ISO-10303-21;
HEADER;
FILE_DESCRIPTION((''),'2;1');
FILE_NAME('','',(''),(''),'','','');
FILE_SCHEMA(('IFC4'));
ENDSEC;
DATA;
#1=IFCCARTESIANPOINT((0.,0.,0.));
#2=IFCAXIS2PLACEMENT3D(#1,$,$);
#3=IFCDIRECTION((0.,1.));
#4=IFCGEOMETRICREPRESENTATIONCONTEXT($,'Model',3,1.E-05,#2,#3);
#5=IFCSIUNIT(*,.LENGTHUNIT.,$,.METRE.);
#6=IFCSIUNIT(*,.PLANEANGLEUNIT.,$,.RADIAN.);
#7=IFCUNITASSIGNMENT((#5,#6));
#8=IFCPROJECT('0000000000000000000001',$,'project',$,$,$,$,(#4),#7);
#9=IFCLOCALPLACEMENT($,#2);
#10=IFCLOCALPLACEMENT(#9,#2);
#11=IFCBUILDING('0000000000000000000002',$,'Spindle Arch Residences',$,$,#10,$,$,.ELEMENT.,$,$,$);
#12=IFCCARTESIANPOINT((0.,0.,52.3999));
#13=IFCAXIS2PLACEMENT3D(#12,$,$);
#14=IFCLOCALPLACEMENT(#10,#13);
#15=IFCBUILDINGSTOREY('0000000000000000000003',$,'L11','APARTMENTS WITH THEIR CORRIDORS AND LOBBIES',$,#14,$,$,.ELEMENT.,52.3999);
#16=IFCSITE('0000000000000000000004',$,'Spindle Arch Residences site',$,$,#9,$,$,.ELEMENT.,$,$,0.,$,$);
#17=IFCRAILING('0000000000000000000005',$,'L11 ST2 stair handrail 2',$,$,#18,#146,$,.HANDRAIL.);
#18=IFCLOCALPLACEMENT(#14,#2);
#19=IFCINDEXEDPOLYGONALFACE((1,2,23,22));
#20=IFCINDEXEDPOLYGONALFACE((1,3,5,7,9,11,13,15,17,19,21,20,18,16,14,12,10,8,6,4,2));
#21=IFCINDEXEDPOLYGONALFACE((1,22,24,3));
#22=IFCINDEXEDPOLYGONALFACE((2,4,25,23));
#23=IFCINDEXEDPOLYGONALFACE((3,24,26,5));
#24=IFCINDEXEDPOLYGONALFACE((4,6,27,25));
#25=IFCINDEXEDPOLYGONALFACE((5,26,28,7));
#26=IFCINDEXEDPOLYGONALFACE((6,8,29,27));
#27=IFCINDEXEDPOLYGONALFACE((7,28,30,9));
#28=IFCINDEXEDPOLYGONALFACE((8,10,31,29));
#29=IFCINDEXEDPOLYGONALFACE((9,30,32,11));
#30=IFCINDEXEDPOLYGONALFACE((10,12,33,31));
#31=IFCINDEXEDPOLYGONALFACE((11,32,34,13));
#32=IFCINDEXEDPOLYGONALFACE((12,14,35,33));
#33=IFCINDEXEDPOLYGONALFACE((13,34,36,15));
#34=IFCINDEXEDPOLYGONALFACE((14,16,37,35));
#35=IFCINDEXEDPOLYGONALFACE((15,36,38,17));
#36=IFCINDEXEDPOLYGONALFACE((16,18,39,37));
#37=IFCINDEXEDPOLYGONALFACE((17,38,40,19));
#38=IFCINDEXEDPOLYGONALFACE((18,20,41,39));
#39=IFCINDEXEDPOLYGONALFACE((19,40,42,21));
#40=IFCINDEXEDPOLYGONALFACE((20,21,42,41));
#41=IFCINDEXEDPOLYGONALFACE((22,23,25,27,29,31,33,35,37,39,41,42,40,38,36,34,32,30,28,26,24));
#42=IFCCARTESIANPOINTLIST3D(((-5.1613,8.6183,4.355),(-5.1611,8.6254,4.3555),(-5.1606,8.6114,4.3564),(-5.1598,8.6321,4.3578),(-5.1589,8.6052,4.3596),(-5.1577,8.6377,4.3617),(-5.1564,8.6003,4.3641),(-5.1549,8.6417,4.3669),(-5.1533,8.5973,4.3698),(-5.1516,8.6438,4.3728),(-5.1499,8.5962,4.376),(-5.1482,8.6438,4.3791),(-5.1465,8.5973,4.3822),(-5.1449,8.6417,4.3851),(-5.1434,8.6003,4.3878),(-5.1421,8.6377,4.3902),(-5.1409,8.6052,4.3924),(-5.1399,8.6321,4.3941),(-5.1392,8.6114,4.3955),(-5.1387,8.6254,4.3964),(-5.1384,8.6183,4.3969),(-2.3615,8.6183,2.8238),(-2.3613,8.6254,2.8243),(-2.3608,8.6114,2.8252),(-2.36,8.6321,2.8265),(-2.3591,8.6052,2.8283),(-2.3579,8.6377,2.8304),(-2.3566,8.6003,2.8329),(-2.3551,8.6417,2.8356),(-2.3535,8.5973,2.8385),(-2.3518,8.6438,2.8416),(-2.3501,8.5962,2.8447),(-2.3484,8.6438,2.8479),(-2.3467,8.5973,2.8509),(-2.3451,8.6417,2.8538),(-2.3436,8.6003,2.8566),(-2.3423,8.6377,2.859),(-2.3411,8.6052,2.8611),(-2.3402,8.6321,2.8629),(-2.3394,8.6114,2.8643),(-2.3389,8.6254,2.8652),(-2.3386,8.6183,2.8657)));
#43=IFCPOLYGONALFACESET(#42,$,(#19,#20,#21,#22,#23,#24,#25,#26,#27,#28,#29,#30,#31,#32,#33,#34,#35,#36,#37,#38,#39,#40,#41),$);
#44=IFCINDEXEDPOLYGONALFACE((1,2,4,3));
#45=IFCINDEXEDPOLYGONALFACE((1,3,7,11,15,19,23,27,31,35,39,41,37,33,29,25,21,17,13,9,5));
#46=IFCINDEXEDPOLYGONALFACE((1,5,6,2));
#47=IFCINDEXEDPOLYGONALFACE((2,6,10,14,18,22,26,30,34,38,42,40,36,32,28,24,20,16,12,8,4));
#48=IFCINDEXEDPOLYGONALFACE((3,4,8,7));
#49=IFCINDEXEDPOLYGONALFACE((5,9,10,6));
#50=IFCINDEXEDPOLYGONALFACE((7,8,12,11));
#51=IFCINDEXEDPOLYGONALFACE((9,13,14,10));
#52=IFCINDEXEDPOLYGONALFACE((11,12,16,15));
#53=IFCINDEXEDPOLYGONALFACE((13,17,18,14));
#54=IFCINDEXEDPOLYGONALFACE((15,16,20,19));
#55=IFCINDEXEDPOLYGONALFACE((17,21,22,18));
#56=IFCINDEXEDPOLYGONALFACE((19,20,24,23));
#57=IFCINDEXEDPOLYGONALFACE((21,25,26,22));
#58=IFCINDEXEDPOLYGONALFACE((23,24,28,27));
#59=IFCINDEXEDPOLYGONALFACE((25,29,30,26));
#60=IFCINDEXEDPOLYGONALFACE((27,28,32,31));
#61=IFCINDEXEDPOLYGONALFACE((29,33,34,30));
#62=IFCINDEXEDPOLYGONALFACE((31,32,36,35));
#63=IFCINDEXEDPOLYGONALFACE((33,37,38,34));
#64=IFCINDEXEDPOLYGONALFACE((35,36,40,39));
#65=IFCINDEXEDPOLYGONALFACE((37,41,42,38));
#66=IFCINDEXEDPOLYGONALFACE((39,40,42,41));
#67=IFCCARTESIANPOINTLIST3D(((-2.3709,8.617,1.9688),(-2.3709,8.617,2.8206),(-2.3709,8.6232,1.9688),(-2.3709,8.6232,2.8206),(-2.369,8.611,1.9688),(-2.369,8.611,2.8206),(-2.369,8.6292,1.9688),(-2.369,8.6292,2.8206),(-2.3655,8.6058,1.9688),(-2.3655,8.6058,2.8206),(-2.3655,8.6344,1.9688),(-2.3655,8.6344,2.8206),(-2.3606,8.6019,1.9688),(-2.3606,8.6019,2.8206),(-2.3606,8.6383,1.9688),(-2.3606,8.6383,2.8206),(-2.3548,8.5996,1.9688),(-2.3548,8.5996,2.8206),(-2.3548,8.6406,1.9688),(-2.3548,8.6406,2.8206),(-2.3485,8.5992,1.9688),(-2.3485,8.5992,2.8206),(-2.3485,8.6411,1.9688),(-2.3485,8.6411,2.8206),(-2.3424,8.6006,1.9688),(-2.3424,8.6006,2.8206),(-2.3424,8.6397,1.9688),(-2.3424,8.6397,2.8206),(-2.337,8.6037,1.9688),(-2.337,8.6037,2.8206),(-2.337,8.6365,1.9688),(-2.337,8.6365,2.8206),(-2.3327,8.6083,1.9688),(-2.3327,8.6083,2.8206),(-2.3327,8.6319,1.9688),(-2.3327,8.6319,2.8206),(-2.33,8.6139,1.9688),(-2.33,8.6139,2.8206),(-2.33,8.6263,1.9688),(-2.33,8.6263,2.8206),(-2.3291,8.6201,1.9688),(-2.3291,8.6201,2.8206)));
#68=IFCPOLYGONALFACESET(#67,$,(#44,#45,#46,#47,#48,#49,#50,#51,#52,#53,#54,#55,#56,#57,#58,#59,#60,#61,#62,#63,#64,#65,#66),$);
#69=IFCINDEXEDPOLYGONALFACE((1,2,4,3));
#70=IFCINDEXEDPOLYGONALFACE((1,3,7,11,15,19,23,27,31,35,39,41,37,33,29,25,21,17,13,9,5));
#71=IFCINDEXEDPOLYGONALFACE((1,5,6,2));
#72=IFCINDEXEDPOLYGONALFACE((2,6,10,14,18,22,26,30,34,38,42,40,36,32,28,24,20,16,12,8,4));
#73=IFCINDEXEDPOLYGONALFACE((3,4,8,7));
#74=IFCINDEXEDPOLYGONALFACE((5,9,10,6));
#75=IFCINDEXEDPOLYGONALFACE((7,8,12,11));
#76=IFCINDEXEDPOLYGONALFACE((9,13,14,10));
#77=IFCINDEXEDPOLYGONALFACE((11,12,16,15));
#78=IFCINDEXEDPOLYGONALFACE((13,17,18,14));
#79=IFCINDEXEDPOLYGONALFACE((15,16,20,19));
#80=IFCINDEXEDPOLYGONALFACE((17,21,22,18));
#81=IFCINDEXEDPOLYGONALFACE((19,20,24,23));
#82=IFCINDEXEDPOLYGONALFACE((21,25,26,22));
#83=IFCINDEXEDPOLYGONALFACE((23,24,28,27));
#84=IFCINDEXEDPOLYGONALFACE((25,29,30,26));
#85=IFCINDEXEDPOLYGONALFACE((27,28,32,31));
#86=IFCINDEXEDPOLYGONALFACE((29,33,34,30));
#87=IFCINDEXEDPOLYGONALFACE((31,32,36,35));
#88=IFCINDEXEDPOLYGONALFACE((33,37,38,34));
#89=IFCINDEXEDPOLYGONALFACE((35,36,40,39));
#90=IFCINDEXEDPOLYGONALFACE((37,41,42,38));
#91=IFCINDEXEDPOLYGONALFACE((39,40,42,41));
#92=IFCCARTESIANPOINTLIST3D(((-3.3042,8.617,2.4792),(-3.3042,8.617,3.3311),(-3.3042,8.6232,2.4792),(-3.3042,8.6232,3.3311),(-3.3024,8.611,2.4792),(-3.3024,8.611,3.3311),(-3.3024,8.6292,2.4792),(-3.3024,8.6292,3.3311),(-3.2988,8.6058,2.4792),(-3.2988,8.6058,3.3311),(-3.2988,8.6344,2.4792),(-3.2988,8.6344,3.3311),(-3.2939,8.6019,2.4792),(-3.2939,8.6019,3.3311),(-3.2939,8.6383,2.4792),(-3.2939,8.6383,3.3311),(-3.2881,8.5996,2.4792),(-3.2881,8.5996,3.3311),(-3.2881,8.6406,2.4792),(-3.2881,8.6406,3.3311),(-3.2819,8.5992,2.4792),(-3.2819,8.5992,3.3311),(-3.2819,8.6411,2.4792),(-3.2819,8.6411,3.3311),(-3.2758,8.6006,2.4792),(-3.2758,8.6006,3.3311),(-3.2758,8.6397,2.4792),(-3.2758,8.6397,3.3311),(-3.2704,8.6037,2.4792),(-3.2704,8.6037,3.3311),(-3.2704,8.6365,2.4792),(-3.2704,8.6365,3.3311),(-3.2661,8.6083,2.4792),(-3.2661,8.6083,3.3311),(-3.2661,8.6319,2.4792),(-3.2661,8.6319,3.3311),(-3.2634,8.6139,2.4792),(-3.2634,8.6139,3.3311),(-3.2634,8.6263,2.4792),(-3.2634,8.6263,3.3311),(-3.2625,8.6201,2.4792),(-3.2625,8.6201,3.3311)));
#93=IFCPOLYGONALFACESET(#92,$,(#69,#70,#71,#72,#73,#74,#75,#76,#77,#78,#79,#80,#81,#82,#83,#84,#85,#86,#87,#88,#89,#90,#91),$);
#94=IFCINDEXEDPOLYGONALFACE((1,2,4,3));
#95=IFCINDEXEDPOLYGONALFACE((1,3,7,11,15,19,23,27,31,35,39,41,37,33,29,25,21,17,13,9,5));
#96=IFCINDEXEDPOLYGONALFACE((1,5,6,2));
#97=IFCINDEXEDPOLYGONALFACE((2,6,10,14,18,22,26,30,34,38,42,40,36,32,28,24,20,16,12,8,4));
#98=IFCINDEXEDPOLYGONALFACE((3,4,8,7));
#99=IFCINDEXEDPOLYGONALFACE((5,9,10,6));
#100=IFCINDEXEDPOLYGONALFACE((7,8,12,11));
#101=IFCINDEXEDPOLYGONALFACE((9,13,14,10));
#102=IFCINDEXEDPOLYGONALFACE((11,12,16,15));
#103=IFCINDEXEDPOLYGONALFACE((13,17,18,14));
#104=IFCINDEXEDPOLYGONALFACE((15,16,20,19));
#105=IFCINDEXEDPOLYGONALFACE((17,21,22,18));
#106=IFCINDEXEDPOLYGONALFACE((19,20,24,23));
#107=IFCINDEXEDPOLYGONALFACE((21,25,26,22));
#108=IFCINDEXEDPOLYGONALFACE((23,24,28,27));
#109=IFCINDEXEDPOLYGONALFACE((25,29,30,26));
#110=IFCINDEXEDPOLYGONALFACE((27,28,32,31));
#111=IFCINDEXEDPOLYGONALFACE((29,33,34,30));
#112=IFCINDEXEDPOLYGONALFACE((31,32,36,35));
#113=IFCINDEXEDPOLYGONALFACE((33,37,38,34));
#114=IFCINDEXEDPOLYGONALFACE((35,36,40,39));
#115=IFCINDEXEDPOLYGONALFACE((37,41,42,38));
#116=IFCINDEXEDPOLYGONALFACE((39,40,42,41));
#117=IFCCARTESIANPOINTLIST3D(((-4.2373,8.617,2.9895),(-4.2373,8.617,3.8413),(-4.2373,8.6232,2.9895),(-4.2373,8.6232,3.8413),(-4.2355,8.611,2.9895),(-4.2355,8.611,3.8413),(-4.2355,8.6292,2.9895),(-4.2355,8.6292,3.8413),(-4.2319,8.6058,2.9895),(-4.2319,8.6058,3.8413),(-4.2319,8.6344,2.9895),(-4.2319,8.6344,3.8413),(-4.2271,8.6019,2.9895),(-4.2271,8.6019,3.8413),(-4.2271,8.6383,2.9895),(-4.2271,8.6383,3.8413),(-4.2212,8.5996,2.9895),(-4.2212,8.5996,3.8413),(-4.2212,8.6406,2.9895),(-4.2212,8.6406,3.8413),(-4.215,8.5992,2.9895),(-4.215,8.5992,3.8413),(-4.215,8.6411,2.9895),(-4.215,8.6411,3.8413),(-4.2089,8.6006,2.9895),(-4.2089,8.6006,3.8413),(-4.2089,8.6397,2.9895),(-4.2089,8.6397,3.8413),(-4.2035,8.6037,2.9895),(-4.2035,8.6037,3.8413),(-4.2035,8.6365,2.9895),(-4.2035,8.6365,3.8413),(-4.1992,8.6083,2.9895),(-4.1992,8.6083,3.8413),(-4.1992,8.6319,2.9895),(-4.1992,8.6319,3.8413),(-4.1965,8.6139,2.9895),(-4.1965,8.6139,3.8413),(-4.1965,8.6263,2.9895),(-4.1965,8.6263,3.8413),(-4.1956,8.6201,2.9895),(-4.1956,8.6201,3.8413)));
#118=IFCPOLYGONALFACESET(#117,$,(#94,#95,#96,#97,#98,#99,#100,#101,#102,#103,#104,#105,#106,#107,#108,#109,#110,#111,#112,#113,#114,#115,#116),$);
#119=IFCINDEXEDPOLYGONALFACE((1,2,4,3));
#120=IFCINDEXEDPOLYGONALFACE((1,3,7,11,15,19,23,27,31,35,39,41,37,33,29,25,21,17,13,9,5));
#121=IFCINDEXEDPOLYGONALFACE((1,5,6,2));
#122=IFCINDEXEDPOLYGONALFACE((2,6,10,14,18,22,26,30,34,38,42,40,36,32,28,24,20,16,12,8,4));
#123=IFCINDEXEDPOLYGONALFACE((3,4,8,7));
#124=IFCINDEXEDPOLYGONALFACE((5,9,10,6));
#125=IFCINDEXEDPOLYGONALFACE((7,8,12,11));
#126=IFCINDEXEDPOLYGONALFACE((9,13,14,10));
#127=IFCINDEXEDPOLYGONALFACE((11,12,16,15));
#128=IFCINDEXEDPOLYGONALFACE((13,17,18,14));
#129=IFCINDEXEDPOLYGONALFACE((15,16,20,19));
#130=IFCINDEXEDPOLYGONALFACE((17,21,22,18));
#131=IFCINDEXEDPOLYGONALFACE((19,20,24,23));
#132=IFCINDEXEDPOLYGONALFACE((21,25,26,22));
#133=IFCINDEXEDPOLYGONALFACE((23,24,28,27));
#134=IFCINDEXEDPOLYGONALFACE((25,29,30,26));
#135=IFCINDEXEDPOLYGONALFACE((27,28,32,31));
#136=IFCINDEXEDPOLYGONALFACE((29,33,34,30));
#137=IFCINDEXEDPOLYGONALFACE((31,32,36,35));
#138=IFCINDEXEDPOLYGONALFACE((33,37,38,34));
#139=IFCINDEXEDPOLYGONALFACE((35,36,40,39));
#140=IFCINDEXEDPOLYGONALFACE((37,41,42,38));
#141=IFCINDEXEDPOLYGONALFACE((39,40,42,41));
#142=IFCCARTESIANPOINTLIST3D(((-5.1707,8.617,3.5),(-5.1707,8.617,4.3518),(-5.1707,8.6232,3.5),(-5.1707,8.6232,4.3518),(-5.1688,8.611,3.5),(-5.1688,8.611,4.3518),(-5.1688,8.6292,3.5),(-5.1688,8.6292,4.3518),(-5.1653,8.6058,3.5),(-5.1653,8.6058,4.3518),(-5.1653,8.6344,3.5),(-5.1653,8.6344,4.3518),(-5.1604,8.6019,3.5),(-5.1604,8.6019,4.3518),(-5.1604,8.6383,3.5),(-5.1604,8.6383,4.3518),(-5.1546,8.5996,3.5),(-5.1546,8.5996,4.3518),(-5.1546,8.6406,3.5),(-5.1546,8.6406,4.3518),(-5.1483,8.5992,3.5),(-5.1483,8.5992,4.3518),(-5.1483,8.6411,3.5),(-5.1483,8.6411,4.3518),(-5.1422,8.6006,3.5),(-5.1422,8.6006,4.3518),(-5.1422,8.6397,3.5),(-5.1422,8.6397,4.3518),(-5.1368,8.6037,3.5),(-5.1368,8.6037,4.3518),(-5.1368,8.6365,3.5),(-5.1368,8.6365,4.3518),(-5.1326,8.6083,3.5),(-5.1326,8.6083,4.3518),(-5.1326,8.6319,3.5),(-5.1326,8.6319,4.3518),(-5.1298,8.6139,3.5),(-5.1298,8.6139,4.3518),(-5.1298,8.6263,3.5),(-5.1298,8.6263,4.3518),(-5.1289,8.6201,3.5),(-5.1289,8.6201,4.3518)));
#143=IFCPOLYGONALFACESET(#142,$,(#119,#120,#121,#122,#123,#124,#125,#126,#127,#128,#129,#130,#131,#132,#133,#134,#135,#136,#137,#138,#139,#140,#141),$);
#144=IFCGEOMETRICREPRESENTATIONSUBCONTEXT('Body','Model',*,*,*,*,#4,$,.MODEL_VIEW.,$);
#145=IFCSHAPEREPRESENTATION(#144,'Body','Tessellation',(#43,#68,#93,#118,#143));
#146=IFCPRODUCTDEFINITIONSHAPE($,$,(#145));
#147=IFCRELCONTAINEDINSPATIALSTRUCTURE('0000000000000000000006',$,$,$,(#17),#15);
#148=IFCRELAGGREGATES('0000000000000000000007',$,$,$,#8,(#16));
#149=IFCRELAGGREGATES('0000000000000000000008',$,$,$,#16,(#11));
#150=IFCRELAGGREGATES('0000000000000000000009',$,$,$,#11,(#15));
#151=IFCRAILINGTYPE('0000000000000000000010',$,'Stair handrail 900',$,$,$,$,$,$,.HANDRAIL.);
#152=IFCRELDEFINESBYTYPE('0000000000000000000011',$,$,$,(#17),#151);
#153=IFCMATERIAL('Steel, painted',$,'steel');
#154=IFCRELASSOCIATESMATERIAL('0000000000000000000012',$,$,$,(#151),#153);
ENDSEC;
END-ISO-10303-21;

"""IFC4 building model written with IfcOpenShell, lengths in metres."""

from ifc_helpers import new_model, si_unit, direction, frame, origin, origin_2d, place, context, subcontext, project, spatial, circle, extrude, material, type_object, element, save


model = new_model("IFC4")

# Units and contexts
model_context = context("Model", 3, precision=1e-05, world=origin(), true_north=direction((0.0, 1.0)))
body_context = subcontext(model_context, "Body", "Model", "MODEL_VIEW")
ifc_project = project(units=[si_unit("LENGTHUNIT", "METRE"), si_unit("PLANEANGLEUNIT", "RADIAN")], contexts=[model_context])

# Site, building, storey
site_placement = place(None, origin())
site = spatial("IfcSite", under=ifc_project, at=site_placement, Name="Spindle Arch Residences site", CompositionType="ELEMENT", RefElevation=0.0)
building_placement = place(site_placement, origin())
building = spatial("IfcBuilding", under=site, at=building_placement, Name="Spindle Arch Residences", CompositionType="ELEMENT")
storey_placement = place(building_placement, frame((0.0, 0.0, 52.3999)))
storey = spatial("IfcBuildingStorey", under=building, at=storey_placement, Name="L11", Description="APARTMENTS WITH THEIR CORRIDORS AND LOBBIES", CompositionType="ELEMENT", Elevation=52.3999)

# Railing
ifc_material_1 = material(Name="Steel, painted", Category="steel")
railing_type_1 = type_object("IfcRailingType", Name="Stair handrail 900", PredefinedType="HANDRAIL", material=ifc_material_1)
railing_1_placement = place(storey_placement, frame((-2.3501, 8.6201, 1.9688)))
element("IfcRailing", 1, at=railing_1_placement, inside=storey, type_object=railing_type_1, Name="L11 ST2 stair handrail 2", PredefinedType="HANDRAIL", context=body_context, shape_type="SweptSolid", body=[
    extrude(circle(Radius=0.0239, at=origin_2d()), frame((0.0, 0.0, 0.876), z_axis=(-0.877357, 0.0, 0.479838), x_axis=(0.0, -1.0, 0.0)), (0.0, 0.0, 1.0), 3.1912),
    extrude(circle(Radius=0.021, at=origin_2d()), origin(), (0.0, 0.0, 1.0), 0.8518),
    extrude(circle(Radius=0.021, at=origin_2d()), frame((-0.9333, 0.0, 0.5105)), (0.0, 0.0, 1.0), 0.8518),
    extrude(circle(Radius=0.021, at=origin_2d()), frame((-1.8665, 0.0, 1.0208)), (0.0, 0.0, 1.0), 0.8518),
    extrude(circle(Radius=0.021, at=origin_2d()), frame((-2.7998, 0.0, 1.5312)), (0.0, 0.0, 1.0), 0.8518),
])

save(model, "model.ifc")
